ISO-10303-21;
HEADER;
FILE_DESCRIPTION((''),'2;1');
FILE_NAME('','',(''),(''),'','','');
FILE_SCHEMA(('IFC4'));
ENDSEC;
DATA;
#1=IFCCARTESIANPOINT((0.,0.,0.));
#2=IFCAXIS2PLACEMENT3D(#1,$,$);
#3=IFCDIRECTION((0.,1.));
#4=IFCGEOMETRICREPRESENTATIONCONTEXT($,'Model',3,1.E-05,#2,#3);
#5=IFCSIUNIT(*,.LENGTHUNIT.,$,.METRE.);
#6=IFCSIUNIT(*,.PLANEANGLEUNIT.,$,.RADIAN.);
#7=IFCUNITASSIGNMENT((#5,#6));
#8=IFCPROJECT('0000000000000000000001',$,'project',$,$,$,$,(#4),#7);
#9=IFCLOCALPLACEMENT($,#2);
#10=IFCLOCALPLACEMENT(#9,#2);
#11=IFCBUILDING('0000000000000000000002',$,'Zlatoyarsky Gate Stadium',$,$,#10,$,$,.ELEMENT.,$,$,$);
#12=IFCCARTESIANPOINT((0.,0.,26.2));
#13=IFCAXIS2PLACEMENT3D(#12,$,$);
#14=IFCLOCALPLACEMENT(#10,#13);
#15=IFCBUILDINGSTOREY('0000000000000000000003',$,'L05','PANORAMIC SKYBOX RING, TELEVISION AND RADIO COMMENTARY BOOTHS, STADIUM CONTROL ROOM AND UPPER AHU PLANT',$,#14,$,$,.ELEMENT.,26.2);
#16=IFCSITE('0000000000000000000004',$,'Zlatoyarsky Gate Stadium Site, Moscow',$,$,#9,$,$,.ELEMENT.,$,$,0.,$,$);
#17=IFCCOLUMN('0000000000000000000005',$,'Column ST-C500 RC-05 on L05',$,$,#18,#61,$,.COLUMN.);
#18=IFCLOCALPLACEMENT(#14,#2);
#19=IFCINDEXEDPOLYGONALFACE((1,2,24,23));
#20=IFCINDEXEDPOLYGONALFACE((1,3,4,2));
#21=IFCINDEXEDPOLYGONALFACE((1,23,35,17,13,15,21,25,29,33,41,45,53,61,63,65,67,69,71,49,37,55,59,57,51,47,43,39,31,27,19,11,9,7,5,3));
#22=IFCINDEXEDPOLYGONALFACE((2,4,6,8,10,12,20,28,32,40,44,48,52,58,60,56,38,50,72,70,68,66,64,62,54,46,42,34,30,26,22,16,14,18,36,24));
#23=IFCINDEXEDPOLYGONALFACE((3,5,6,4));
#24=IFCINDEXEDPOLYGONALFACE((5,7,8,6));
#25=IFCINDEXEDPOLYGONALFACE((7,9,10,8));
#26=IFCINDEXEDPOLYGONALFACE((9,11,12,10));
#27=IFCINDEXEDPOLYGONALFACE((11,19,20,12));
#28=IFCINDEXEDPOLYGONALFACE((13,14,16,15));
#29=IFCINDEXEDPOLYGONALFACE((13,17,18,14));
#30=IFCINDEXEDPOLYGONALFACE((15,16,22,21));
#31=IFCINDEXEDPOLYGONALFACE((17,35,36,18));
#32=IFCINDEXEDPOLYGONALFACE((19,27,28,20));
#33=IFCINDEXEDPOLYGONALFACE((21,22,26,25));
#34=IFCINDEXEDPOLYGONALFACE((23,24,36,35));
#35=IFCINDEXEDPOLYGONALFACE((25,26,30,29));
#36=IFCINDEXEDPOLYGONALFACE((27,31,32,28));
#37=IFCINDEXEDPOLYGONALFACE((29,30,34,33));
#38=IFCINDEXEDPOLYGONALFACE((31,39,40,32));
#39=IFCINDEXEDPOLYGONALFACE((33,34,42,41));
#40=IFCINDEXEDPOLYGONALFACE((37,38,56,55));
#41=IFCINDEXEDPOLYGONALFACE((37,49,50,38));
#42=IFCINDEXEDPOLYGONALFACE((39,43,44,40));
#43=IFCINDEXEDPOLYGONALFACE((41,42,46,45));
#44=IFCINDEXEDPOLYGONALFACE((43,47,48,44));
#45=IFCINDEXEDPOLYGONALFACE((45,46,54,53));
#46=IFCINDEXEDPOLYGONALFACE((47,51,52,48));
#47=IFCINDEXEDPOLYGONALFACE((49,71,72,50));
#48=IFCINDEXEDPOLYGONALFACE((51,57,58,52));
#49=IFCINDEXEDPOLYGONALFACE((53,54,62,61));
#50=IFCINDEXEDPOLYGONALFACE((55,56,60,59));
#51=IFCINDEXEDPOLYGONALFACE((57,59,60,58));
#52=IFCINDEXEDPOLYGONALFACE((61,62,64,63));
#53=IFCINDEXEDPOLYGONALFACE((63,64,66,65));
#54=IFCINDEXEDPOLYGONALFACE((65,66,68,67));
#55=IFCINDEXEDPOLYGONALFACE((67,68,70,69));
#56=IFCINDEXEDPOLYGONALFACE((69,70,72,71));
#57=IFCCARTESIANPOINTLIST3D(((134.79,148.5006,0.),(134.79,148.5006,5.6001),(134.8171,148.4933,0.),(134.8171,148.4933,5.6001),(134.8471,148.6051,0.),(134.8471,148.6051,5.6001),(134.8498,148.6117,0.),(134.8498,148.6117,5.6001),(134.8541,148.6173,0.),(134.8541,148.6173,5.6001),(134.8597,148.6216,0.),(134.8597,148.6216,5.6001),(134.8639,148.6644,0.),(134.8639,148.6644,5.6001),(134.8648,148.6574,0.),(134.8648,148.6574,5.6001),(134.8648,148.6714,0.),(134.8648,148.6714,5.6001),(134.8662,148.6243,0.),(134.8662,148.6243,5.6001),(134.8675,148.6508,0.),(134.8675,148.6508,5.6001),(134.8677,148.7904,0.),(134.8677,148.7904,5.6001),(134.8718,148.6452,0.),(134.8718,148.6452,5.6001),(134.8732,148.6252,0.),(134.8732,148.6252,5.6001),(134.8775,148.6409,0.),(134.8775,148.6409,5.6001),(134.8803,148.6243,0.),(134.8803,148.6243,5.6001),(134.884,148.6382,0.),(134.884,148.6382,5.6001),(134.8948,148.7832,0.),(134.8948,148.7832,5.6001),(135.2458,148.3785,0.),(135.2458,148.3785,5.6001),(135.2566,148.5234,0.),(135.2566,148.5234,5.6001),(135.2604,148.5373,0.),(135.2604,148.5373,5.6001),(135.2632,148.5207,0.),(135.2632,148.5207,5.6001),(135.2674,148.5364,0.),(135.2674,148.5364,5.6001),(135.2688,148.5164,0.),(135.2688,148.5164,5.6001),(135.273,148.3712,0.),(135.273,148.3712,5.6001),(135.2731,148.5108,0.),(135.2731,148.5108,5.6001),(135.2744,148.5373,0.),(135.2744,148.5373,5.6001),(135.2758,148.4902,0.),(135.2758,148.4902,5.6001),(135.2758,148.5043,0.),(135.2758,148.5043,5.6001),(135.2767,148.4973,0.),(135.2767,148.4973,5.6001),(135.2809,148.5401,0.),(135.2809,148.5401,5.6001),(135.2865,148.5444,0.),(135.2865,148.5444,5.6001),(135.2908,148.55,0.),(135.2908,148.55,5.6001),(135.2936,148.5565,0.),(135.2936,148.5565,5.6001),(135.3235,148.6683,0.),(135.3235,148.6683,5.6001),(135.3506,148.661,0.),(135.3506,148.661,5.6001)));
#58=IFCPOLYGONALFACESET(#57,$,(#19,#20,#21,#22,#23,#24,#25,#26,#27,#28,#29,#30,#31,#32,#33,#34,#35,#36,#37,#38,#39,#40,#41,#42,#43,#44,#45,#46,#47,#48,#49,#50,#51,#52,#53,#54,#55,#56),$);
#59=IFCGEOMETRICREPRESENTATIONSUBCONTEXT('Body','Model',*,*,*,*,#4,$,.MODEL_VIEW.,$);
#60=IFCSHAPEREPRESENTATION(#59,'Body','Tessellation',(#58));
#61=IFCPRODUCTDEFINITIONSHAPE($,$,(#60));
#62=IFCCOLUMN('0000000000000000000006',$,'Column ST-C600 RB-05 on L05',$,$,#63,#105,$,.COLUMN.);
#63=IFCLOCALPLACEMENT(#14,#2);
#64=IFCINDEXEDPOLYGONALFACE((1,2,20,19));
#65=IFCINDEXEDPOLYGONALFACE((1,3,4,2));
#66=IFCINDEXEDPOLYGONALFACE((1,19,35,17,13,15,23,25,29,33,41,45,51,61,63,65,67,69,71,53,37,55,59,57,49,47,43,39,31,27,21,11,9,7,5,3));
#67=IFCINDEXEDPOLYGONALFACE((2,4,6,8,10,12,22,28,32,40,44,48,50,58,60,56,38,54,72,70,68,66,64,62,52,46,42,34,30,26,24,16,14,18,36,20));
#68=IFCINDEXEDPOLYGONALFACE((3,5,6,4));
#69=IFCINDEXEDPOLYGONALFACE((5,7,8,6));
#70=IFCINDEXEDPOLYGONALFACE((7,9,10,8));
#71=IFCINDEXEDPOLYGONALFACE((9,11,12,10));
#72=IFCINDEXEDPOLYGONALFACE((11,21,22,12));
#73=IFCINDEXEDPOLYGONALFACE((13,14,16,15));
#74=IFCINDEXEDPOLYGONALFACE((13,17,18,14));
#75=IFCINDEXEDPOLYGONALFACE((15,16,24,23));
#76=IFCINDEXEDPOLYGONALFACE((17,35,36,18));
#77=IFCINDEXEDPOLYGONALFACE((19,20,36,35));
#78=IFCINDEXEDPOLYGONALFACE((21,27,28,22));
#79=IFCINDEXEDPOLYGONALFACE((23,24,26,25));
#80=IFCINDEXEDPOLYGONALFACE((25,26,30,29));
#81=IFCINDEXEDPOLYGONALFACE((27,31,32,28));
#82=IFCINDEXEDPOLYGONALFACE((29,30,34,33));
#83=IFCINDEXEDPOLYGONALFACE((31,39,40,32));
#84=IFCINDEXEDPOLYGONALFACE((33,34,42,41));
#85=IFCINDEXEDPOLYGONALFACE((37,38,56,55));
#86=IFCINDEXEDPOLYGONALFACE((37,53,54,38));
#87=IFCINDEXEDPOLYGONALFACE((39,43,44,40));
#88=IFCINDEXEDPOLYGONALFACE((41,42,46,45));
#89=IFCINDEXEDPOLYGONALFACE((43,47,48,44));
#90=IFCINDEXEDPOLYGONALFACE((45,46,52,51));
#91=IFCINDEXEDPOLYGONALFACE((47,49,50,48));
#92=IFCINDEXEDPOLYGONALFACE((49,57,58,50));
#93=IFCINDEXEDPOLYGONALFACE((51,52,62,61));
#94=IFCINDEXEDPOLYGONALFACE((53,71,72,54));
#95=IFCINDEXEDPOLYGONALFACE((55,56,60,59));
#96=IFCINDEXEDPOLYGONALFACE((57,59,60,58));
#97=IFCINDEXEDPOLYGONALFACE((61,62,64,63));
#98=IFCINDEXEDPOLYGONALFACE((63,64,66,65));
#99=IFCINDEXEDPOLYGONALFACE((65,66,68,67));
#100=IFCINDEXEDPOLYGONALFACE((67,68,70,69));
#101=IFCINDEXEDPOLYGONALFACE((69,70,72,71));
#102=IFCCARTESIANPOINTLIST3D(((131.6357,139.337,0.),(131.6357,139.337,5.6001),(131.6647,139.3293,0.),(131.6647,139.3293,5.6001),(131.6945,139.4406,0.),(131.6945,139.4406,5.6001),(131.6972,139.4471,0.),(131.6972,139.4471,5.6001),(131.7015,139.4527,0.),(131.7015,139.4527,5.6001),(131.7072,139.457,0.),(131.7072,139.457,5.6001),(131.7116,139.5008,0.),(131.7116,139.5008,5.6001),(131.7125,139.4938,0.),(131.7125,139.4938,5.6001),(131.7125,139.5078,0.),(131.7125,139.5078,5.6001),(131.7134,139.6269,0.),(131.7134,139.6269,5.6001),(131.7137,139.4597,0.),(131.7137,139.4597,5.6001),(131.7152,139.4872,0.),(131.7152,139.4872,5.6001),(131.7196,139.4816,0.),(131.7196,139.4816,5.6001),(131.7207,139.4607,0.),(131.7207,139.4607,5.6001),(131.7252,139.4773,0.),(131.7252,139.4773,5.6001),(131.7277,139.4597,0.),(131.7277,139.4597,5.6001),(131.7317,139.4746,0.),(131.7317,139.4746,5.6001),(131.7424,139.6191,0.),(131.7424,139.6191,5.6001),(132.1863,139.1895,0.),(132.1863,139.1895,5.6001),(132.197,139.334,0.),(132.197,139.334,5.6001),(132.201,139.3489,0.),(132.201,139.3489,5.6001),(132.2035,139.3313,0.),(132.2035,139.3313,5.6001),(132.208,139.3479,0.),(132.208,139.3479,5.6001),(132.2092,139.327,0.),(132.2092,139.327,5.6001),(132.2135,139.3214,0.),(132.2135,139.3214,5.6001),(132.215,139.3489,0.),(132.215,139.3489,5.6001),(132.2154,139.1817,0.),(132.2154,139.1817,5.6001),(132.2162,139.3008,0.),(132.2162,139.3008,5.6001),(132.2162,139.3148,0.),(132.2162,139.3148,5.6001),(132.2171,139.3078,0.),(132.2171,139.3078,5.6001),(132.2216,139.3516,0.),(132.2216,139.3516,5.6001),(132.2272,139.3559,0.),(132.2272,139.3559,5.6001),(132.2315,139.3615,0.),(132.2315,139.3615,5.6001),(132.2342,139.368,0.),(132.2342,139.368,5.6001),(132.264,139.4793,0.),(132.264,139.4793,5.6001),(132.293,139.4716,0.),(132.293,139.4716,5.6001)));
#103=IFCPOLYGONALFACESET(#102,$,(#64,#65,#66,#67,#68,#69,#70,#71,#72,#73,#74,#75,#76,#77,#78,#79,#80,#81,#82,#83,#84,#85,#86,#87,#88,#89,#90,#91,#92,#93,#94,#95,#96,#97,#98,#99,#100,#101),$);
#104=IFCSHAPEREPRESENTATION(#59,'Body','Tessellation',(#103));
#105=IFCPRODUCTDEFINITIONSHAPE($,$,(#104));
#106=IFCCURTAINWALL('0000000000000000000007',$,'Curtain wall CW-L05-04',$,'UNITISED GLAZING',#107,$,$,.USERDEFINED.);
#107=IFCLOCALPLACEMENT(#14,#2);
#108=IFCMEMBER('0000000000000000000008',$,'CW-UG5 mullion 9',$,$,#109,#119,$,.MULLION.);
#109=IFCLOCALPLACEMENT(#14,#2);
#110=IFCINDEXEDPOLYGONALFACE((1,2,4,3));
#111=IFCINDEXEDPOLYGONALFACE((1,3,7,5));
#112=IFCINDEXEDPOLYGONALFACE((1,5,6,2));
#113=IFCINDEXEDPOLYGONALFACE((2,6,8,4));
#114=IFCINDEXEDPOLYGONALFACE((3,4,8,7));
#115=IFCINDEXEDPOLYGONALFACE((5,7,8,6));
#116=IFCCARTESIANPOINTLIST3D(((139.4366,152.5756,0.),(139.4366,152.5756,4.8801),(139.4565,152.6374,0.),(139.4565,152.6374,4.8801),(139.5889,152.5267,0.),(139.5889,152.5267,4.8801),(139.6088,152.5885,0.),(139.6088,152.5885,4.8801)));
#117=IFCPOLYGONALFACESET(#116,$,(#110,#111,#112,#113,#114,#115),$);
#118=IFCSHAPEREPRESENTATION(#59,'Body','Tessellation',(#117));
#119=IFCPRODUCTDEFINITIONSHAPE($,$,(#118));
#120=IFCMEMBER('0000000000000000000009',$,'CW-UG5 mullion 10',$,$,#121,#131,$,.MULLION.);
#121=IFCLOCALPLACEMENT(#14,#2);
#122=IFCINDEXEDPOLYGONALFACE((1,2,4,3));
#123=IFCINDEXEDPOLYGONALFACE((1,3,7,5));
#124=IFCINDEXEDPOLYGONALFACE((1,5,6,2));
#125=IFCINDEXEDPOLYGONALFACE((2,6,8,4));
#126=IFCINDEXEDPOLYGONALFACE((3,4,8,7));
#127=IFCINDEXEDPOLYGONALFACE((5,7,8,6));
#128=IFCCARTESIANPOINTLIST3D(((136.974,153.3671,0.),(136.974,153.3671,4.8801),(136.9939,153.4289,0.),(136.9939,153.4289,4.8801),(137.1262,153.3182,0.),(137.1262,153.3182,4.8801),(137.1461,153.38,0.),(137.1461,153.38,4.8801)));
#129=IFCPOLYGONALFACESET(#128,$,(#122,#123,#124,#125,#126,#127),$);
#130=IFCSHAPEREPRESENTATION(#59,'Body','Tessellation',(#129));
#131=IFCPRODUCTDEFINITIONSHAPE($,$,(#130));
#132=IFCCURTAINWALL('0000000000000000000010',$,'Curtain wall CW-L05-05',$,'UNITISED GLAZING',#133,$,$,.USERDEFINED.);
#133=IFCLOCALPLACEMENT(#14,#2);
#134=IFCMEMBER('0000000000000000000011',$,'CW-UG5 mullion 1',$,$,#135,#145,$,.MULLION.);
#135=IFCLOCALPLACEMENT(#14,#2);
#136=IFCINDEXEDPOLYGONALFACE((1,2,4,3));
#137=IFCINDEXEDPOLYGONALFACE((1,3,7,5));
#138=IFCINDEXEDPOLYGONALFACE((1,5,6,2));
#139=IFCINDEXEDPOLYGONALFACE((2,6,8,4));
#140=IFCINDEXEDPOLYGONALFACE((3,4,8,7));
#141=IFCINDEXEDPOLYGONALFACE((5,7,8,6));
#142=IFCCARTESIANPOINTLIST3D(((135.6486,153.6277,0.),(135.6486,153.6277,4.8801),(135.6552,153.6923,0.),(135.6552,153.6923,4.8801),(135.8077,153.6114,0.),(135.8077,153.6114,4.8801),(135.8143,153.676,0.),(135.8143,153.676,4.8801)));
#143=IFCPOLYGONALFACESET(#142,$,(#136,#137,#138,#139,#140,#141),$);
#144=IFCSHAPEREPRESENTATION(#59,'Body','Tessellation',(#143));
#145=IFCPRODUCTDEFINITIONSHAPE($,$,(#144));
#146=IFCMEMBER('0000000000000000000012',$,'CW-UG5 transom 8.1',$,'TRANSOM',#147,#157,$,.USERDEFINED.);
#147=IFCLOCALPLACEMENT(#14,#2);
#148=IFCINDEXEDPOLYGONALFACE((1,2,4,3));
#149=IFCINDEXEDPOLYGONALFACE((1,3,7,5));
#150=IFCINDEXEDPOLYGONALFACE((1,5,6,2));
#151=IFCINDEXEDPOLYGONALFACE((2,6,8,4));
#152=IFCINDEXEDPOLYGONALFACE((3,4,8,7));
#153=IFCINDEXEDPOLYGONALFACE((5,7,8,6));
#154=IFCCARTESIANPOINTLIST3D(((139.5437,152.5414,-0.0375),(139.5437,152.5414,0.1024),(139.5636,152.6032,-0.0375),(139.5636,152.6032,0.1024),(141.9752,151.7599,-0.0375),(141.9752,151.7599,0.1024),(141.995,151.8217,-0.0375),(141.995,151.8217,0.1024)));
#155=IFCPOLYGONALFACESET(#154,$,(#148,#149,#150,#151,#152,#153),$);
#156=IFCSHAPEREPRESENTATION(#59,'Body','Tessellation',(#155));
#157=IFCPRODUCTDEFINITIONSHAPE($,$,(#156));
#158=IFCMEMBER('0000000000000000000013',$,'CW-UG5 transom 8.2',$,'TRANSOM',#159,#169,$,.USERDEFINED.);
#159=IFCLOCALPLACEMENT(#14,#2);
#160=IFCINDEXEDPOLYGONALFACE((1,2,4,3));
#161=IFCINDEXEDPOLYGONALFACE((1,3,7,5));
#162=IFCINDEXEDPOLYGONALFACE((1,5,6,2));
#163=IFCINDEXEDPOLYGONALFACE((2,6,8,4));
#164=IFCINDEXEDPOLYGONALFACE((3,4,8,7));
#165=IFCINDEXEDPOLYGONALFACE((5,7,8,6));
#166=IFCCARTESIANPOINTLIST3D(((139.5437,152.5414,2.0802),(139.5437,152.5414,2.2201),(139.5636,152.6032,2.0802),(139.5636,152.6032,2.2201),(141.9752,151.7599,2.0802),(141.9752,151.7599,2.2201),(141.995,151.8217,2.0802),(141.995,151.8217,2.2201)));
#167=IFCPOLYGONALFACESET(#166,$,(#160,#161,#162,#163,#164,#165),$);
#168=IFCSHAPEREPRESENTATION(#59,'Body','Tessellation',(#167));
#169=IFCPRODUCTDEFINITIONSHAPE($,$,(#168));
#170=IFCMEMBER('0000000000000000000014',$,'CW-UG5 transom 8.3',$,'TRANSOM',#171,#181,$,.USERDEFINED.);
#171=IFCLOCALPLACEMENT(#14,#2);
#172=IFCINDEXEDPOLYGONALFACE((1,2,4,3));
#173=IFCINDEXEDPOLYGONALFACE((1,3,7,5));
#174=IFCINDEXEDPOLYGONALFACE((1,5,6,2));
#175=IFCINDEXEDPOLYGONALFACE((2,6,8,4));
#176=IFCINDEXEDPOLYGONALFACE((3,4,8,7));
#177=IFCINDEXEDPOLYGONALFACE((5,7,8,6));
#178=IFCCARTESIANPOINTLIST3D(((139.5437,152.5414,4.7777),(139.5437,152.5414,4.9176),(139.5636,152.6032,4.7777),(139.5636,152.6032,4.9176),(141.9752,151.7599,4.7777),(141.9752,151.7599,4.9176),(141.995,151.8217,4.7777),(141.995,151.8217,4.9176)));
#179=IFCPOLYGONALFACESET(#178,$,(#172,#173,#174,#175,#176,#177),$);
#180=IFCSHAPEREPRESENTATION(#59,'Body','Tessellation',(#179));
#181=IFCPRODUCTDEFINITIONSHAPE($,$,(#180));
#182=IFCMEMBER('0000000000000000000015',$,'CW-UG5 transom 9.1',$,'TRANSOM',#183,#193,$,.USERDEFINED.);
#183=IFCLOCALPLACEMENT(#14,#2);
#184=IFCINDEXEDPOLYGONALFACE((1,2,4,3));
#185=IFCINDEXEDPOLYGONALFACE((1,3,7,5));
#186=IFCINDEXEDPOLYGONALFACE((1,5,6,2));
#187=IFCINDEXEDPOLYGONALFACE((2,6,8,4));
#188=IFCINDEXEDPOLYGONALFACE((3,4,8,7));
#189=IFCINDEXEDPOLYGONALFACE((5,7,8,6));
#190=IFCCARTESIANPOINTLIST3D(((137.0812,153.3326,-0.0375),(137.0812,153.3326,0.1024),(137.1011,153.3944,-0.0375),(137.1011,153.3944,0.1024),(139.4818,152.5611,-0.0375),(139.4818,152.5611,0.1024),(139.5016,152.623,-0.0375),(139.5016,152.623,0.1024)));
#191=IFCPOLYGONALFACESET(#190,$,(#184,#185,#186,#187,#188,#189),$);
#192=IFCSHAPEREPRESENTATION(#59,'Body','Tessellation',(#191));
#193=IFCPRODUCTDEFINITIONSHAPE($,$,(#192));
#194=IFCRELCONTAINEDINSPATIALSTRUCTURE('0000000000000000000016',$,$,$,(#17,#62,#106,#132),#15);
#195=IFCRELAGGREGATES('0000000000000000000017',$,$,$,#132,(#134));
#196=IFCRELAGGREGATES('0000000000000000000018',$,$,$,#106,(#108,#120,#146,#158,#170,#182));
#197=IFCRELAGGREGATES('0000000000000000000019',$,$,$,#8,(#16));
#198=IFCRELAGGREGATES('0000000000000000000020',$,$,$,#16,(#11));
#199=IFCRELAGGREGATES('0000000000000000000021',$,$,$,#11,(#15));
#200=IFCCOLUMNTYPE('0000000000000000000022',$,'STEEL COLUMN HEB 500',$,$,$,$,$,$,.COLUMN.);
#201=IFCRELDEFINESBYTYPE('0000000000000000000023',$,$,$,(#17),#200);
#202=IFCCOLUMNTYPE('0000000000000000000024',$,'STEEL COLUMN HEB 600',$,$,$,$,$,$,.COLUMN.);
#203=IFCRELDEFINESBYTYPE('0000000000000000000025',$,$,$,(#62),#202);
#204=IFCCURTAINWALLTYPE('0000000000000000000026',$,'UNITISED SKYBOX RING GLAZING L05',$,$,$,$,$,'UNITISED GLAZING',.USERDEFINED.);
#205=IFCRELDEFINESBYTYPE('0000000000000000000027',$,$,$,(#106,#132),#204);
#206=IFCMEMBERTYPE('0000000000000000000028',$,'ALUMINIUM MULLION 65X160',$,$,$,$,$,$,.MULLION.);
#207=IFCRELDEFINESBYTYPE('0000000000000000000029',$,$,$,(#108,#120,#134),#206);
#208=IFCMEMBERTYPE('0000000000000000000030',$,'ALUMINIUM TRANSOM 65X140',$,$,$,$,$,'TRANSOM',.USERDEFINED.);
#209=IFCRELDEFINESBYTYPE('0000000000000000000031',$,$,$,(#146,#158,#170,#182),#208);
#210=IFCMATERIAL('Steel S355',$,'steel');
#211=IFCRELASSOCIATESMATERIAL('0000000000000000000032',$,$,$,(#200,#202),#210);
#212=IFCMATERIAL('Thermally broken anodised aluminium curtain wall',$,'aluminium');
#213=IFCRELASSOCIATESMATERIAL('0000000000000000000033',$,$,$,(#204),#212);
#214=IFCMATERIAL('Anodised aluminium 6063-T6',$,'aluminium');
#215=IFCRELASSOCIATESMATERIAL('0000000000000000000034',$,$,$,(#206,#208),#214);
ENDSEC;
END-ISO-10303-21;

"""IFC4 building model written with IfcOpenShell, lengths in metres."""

from ifc_helpers import new_model, si_unit, direction, frame, origin, origin_2d, place, context, subcontext, project, spatial, rectangle, i_section, extrude, material, material_profile, profile_set, type_object, element, aggregate, save


model = new_model("IFC4")

# Units and contexts
model_context = context("Model", 3, precision=1e-05, world=origin(), true_north=direction((0.0, 1.0)))
body_context = subcontext(model_context, "Body", "Model", "MODEL_VIEW")
ifc_project = project(units=[si_unit("LENGTHUNIT", "METRE"), si_unit("PLANEANGLEUNIT", "RADIAN")], contexts=[model_context])

# Site, building, storey
site_placement = place(None, origin())
site = spatial("IfcSite", under=ifc_project, at=site_placement, Name="Zlatoyarsky Gate Stadium Site, Moscow", CompositionType="ELEMENT", RefElevation=0.0)
building_placement = place(site_placement, origin())
building = spatial("IfcBuilding", under=site, at=building_placement, Name="Zlatoyarsky Gate Stadium", CompositionType="ELEMENT")
storey_placement = place(building_placement, frame((0.0, 0.0, 26.2)))
storey = spatial("IfcBuildingStorey", under=building, at=storey_placement, Name="L05", Description="PANORAMIC SKYBOX RING, TELEVISION AND RADIO COMMENTARY BOOTHS, STADIUM CONTROL ROOM AND UPPER AHU PLANT", CompositionType="ELEMENT", Elevation=26.2)

# Columns
ifc_material_1 = material(Name="Steel S355", Category="steel")
ifc_material_profile_1 = material_profile(ifc_material_1, i_section(OverallWidth=0.3, OverallDepth=0.5, WebThickness=0.0144, FlangeThickness=0.0281, FilletRadius=0.0271, at=origin_2d()), Name="HEB 500")
ifc_profile_set_1 = profile_set([ifc_material_profile_1], Name="Steel S355")
column_type_1 = type_object("IfcColumnType", Name="STEEL COLUMN HEB 500", PredefinedType="COLUMN", material=ifc_profile_set_1)
column_1_placement = place(storey_placement, frame((135.0703, 148.5808, 0.0), z_axis=(0.0, 0.0, 1.0), x_axis=(0.258819, 0.965926, 0.0)))
element("IfcColumn", 1, at=column_1_placement, inside=storey, type_object=column_type_1, Name="Column ST-C500 RC-05 on L05", PredefinedType="COLUMN", context=body_context, shape_type="SweptSolid", body=[
    extrude(i_section(OverallWidth=0.3, OverallDepth=0.5, WebThickness=0.0144, FlangeThickness=0.0281, FilletRadius=0.0271, at=origin_2d()), origin(), (0.0, 0.0, 1.0), 5.6001),
])
ifc_material_profile_2 = material_profile(ifc_material_1, i_section(OverallWidth=0.3, OverallDepth=0.6001, WebThickness=0.0154, FlangeThickness=0.03, FilletRadius=0.0271, at=origin_2d()), Name="HEB 600")
ifc_profile_set_2 = profile_set([ifc_material_profile_2], Name="Steel S355")
column_type_2 = type_object("IfcColumnType", Name="STEEL COLUMN HEB 600", PredefinedType="COLUMN", material=ifc_profile_set_2)
column_2_placement = place(storey_placement, frame((131.9644, 139.4043, 0.0), z_axis=(0.0, 0.0, 1.0), x_axis=(0.258819, 0.965926, 0.0)))
element("IfcColumn", 2, at=column_2_placement, inside=storey, type_object=column_type_2, Name="Column ST-C600 RB-05 on L05", PredefinedType="COLUMN", context=body_context, shape_type="SweptSolid", body=[
    extrude(i_section(OverallWidth=0.3, OverallDepth=0.6001, WebThickness=0.0154, FlangeThickness=0.03, FilletRadius=0.0271, at=origin_2d()), origin(), (0.0, 0.0, 1.0), 5.6001),
])

# Curtain wall, members
ifc_material_2 = material(Name="Thermally broken anodised aluminium curtain wall", Category="aluminium")
curtain_wall_type = type_object("IfcCurtainWallType", Name="UNITISED SKYBOX RING GLAZING L05", ElementType="UNITISED GLAZING", PredefinedType="USERDEFINED", material=ifc_material_2)
curtain_wall_1_placement = place(storey_placement, origin())
curtain_wall_1 = element("IfcCurtainWall", 3, at=curtain_wall_1_placement, inside=storey, type_object=curtain_wall_type, Name="Curtain wall CW-L05-04", ObjectType="UNITISED GLAZING", PredefinedType="USERDEFINED")
ifc_material_3 = material(Name="Anodised aluminium 6063-T6", Category="aluminium")
ifc_material_profile_3 = material_profile(ifc_material_3, rectangle(XDim=0.0649, YDim=0.1599, at=origin_2d()), Name="ALU 65X160")
ifc_profile_set_3 = profile_set([ifc_material_profile_3], Name="Anodised aluminium 6063-T6")
member_type_1 = type_object("IfcMemberType", Name="ALUMINIUM MULLION 65X160", PredefinedType="MULLION", material=ifc_profile_set_3)
member_1_placement = place(storey_placement, frame((139.5227, 152.582, 0.0), z_axis=(0.0, 0.0, 1.0), x_axis=(-0.305978, -0.952039, 0.0)))
member_1 = element("IfcMember", 4, at=member_1_placement, type_object=member_type_1, Name="CW-UG5 mullion 9", PredefinedType="MULLION", context=body_context, shape_type="SweptSolid", body=[
    extrude(rectangle(XDim=0.0649, YDim=0.1599, at=origin_2d()), origin(), (0.0, 0.0, 1.0), 4.8801),
])
member_2_placement = place(storey_placement, frame((137.0601, 153.3735, 0.0), z_axis=(0.0, 0.0, 1.0), x_axis=(-0.305978, -0.952039, 0.0)))
member_2 = element("IfcMember", 5, at=member_2_placement, type_object=member_type_1, Name="CW-UG5 mullion 10", PredefinedType="MULLION", context=body_context, shape_type="SweptSolid", body=[
    extrude(rectangle(XDim=0.0649, YDim=0.1599, at=origin_2d()), origin(), (0.0, 0.0, 1.0), 4.8801),
])

# Curtain wall, member
curtain_wall_2_placement = place(storey_placement, origin())
curtain_wall_2 = element("IfcCurtainWall", 6, at=curtain_wall_2_placement, inside=storey, type_object=curtain_wall_type, Name="Curtain wall CW-L05-05", ObjectType="UNITISED GLAZING", PredefinedType="USERDEFINED")
member_3_placement = place(storey_placement, frame((135.7314, 153.6519, 0.0), z_axis=(0.0, 0.0, 1.0), x_axis=(-0.101618, -0.994823, 0.0)))
member_3 = element("IfcMember", 7, at=member_3_placement, type_object=member_type_1, Name="CW-UG5 mullion 1", PredefinedType="MULLION", context=body_context, shape_type="SweptSolid", body=[
    extrude(rectangle(XDim=0.0649, YDim=0.1599, at=origin_2d()), origin(), (0.0, 0.0, 1.0), 4.8801),
])
aggregate(curtain_wall_2, [member_3])

# Members
ifc_material_profile_4 = material_profile(ifc_material_3, rectangle(XDim=0.0649, YDim=0.1399, at=origin_2d()), Name="ALU 65X140")
ifc_profile_set_4 = profile_set([ifc_material_profile_4], Name="Anodised aluminium 6063-T6")
member_type_2 = type_object("IfcMemberType", Name="ALUMINIUM TRANSOM 65X140", ElementType="TRANSOM", PredefinedType="USERDEFINED", material=ifc_profile_set_4)
member_4_placement = place(storey_placement, frame((141.9851, 151.7908, 0.0325), z_axis=(-0.952032, 0.306, 0.0), x_axis=(-0.306, -0.952032, 0.0)))
member_4 = element("IfcMember", 8, at=member_4_placement, type_object=member_type_2, Name="CW-UG5 transom 8.1", ObjectType="TRANSOM", PredefinedType="USERDEFINED", context=body_context, shape_type="SweptSolid", body=[
    extrude(rectangle(XDim=0.0649, YDim=0.1399, at=origin_2d()), origin(), (0.0, 0.0, 1.0), 2.554),
])
member_5_placement = place(storey_placement, frame((141.9851, 151.7908, 2.1501), z_axis=(-0.952032, 0.306, 0.0), x_axis=(-0.306, -0.952032, 0.0)))
member_5 = element("IfcMember", 9, at=member_5_placement, type_object=member_type_2, Name="CW-UG5 transom 8.2", ObjectType="TRANSOM", PredefinedType="USERDEFINED", context=body_context, shape_type="SweptSolid", body=[
    extrude(rectangle(XDim=0.0649, YDim=0.1399, at=origin_2d()), origin(), (0.0, 0.0, 1.0), 2.554),
])
member_6_placement = place(storey_placement, frame((141.9851, 151.7908, 4.8477), z_axis=(-0.952032, 0.306, 0.0), x_axis=(-0.306, -0.952032, 0.0)))
member_6 = element("IfcMember", 10, at=member_6_placement, type_object=member_type_2, Name="CW-UG5 transom 8.3", ObjectType="TRANSOM", PredefinedType="USERDEFINED", context=body_context, shape_type="SweptSolid", body=[
    extrude(rectangle(XDim=0.0649, YDim=0.1399, at=origin_2d()), origin(), (0.0, 0.0, 1.0), 2.554),
])
member_7_placement = place(storey_placement, frame((139.4917, 152.592, 0.0325), z_axis=(-0.952046, 0.305956, 0.0), x_axis=(-0.305956, -0.952046, 0.0)))
member_7 = element("IfcMember", 11, at=member_7_placement, type_object=member_type_2, Name="CW-UG5 transom 9.1", ObjectType="TRANSOM", PredefinedType="USERDEFINED", context=body_context, shape_type="SweptSolid", body=[
    extrude(rectangle(XDim=0.0649, YDim=0.1399, at=origin_2d()), origin(), (0.0, 0.0, 1.0), 2.5215),
])

aggregate(curtain_wall_1, [member_1, member_2, member_4, member_5, member_6, member_7])

save(model, "model.ifc")
